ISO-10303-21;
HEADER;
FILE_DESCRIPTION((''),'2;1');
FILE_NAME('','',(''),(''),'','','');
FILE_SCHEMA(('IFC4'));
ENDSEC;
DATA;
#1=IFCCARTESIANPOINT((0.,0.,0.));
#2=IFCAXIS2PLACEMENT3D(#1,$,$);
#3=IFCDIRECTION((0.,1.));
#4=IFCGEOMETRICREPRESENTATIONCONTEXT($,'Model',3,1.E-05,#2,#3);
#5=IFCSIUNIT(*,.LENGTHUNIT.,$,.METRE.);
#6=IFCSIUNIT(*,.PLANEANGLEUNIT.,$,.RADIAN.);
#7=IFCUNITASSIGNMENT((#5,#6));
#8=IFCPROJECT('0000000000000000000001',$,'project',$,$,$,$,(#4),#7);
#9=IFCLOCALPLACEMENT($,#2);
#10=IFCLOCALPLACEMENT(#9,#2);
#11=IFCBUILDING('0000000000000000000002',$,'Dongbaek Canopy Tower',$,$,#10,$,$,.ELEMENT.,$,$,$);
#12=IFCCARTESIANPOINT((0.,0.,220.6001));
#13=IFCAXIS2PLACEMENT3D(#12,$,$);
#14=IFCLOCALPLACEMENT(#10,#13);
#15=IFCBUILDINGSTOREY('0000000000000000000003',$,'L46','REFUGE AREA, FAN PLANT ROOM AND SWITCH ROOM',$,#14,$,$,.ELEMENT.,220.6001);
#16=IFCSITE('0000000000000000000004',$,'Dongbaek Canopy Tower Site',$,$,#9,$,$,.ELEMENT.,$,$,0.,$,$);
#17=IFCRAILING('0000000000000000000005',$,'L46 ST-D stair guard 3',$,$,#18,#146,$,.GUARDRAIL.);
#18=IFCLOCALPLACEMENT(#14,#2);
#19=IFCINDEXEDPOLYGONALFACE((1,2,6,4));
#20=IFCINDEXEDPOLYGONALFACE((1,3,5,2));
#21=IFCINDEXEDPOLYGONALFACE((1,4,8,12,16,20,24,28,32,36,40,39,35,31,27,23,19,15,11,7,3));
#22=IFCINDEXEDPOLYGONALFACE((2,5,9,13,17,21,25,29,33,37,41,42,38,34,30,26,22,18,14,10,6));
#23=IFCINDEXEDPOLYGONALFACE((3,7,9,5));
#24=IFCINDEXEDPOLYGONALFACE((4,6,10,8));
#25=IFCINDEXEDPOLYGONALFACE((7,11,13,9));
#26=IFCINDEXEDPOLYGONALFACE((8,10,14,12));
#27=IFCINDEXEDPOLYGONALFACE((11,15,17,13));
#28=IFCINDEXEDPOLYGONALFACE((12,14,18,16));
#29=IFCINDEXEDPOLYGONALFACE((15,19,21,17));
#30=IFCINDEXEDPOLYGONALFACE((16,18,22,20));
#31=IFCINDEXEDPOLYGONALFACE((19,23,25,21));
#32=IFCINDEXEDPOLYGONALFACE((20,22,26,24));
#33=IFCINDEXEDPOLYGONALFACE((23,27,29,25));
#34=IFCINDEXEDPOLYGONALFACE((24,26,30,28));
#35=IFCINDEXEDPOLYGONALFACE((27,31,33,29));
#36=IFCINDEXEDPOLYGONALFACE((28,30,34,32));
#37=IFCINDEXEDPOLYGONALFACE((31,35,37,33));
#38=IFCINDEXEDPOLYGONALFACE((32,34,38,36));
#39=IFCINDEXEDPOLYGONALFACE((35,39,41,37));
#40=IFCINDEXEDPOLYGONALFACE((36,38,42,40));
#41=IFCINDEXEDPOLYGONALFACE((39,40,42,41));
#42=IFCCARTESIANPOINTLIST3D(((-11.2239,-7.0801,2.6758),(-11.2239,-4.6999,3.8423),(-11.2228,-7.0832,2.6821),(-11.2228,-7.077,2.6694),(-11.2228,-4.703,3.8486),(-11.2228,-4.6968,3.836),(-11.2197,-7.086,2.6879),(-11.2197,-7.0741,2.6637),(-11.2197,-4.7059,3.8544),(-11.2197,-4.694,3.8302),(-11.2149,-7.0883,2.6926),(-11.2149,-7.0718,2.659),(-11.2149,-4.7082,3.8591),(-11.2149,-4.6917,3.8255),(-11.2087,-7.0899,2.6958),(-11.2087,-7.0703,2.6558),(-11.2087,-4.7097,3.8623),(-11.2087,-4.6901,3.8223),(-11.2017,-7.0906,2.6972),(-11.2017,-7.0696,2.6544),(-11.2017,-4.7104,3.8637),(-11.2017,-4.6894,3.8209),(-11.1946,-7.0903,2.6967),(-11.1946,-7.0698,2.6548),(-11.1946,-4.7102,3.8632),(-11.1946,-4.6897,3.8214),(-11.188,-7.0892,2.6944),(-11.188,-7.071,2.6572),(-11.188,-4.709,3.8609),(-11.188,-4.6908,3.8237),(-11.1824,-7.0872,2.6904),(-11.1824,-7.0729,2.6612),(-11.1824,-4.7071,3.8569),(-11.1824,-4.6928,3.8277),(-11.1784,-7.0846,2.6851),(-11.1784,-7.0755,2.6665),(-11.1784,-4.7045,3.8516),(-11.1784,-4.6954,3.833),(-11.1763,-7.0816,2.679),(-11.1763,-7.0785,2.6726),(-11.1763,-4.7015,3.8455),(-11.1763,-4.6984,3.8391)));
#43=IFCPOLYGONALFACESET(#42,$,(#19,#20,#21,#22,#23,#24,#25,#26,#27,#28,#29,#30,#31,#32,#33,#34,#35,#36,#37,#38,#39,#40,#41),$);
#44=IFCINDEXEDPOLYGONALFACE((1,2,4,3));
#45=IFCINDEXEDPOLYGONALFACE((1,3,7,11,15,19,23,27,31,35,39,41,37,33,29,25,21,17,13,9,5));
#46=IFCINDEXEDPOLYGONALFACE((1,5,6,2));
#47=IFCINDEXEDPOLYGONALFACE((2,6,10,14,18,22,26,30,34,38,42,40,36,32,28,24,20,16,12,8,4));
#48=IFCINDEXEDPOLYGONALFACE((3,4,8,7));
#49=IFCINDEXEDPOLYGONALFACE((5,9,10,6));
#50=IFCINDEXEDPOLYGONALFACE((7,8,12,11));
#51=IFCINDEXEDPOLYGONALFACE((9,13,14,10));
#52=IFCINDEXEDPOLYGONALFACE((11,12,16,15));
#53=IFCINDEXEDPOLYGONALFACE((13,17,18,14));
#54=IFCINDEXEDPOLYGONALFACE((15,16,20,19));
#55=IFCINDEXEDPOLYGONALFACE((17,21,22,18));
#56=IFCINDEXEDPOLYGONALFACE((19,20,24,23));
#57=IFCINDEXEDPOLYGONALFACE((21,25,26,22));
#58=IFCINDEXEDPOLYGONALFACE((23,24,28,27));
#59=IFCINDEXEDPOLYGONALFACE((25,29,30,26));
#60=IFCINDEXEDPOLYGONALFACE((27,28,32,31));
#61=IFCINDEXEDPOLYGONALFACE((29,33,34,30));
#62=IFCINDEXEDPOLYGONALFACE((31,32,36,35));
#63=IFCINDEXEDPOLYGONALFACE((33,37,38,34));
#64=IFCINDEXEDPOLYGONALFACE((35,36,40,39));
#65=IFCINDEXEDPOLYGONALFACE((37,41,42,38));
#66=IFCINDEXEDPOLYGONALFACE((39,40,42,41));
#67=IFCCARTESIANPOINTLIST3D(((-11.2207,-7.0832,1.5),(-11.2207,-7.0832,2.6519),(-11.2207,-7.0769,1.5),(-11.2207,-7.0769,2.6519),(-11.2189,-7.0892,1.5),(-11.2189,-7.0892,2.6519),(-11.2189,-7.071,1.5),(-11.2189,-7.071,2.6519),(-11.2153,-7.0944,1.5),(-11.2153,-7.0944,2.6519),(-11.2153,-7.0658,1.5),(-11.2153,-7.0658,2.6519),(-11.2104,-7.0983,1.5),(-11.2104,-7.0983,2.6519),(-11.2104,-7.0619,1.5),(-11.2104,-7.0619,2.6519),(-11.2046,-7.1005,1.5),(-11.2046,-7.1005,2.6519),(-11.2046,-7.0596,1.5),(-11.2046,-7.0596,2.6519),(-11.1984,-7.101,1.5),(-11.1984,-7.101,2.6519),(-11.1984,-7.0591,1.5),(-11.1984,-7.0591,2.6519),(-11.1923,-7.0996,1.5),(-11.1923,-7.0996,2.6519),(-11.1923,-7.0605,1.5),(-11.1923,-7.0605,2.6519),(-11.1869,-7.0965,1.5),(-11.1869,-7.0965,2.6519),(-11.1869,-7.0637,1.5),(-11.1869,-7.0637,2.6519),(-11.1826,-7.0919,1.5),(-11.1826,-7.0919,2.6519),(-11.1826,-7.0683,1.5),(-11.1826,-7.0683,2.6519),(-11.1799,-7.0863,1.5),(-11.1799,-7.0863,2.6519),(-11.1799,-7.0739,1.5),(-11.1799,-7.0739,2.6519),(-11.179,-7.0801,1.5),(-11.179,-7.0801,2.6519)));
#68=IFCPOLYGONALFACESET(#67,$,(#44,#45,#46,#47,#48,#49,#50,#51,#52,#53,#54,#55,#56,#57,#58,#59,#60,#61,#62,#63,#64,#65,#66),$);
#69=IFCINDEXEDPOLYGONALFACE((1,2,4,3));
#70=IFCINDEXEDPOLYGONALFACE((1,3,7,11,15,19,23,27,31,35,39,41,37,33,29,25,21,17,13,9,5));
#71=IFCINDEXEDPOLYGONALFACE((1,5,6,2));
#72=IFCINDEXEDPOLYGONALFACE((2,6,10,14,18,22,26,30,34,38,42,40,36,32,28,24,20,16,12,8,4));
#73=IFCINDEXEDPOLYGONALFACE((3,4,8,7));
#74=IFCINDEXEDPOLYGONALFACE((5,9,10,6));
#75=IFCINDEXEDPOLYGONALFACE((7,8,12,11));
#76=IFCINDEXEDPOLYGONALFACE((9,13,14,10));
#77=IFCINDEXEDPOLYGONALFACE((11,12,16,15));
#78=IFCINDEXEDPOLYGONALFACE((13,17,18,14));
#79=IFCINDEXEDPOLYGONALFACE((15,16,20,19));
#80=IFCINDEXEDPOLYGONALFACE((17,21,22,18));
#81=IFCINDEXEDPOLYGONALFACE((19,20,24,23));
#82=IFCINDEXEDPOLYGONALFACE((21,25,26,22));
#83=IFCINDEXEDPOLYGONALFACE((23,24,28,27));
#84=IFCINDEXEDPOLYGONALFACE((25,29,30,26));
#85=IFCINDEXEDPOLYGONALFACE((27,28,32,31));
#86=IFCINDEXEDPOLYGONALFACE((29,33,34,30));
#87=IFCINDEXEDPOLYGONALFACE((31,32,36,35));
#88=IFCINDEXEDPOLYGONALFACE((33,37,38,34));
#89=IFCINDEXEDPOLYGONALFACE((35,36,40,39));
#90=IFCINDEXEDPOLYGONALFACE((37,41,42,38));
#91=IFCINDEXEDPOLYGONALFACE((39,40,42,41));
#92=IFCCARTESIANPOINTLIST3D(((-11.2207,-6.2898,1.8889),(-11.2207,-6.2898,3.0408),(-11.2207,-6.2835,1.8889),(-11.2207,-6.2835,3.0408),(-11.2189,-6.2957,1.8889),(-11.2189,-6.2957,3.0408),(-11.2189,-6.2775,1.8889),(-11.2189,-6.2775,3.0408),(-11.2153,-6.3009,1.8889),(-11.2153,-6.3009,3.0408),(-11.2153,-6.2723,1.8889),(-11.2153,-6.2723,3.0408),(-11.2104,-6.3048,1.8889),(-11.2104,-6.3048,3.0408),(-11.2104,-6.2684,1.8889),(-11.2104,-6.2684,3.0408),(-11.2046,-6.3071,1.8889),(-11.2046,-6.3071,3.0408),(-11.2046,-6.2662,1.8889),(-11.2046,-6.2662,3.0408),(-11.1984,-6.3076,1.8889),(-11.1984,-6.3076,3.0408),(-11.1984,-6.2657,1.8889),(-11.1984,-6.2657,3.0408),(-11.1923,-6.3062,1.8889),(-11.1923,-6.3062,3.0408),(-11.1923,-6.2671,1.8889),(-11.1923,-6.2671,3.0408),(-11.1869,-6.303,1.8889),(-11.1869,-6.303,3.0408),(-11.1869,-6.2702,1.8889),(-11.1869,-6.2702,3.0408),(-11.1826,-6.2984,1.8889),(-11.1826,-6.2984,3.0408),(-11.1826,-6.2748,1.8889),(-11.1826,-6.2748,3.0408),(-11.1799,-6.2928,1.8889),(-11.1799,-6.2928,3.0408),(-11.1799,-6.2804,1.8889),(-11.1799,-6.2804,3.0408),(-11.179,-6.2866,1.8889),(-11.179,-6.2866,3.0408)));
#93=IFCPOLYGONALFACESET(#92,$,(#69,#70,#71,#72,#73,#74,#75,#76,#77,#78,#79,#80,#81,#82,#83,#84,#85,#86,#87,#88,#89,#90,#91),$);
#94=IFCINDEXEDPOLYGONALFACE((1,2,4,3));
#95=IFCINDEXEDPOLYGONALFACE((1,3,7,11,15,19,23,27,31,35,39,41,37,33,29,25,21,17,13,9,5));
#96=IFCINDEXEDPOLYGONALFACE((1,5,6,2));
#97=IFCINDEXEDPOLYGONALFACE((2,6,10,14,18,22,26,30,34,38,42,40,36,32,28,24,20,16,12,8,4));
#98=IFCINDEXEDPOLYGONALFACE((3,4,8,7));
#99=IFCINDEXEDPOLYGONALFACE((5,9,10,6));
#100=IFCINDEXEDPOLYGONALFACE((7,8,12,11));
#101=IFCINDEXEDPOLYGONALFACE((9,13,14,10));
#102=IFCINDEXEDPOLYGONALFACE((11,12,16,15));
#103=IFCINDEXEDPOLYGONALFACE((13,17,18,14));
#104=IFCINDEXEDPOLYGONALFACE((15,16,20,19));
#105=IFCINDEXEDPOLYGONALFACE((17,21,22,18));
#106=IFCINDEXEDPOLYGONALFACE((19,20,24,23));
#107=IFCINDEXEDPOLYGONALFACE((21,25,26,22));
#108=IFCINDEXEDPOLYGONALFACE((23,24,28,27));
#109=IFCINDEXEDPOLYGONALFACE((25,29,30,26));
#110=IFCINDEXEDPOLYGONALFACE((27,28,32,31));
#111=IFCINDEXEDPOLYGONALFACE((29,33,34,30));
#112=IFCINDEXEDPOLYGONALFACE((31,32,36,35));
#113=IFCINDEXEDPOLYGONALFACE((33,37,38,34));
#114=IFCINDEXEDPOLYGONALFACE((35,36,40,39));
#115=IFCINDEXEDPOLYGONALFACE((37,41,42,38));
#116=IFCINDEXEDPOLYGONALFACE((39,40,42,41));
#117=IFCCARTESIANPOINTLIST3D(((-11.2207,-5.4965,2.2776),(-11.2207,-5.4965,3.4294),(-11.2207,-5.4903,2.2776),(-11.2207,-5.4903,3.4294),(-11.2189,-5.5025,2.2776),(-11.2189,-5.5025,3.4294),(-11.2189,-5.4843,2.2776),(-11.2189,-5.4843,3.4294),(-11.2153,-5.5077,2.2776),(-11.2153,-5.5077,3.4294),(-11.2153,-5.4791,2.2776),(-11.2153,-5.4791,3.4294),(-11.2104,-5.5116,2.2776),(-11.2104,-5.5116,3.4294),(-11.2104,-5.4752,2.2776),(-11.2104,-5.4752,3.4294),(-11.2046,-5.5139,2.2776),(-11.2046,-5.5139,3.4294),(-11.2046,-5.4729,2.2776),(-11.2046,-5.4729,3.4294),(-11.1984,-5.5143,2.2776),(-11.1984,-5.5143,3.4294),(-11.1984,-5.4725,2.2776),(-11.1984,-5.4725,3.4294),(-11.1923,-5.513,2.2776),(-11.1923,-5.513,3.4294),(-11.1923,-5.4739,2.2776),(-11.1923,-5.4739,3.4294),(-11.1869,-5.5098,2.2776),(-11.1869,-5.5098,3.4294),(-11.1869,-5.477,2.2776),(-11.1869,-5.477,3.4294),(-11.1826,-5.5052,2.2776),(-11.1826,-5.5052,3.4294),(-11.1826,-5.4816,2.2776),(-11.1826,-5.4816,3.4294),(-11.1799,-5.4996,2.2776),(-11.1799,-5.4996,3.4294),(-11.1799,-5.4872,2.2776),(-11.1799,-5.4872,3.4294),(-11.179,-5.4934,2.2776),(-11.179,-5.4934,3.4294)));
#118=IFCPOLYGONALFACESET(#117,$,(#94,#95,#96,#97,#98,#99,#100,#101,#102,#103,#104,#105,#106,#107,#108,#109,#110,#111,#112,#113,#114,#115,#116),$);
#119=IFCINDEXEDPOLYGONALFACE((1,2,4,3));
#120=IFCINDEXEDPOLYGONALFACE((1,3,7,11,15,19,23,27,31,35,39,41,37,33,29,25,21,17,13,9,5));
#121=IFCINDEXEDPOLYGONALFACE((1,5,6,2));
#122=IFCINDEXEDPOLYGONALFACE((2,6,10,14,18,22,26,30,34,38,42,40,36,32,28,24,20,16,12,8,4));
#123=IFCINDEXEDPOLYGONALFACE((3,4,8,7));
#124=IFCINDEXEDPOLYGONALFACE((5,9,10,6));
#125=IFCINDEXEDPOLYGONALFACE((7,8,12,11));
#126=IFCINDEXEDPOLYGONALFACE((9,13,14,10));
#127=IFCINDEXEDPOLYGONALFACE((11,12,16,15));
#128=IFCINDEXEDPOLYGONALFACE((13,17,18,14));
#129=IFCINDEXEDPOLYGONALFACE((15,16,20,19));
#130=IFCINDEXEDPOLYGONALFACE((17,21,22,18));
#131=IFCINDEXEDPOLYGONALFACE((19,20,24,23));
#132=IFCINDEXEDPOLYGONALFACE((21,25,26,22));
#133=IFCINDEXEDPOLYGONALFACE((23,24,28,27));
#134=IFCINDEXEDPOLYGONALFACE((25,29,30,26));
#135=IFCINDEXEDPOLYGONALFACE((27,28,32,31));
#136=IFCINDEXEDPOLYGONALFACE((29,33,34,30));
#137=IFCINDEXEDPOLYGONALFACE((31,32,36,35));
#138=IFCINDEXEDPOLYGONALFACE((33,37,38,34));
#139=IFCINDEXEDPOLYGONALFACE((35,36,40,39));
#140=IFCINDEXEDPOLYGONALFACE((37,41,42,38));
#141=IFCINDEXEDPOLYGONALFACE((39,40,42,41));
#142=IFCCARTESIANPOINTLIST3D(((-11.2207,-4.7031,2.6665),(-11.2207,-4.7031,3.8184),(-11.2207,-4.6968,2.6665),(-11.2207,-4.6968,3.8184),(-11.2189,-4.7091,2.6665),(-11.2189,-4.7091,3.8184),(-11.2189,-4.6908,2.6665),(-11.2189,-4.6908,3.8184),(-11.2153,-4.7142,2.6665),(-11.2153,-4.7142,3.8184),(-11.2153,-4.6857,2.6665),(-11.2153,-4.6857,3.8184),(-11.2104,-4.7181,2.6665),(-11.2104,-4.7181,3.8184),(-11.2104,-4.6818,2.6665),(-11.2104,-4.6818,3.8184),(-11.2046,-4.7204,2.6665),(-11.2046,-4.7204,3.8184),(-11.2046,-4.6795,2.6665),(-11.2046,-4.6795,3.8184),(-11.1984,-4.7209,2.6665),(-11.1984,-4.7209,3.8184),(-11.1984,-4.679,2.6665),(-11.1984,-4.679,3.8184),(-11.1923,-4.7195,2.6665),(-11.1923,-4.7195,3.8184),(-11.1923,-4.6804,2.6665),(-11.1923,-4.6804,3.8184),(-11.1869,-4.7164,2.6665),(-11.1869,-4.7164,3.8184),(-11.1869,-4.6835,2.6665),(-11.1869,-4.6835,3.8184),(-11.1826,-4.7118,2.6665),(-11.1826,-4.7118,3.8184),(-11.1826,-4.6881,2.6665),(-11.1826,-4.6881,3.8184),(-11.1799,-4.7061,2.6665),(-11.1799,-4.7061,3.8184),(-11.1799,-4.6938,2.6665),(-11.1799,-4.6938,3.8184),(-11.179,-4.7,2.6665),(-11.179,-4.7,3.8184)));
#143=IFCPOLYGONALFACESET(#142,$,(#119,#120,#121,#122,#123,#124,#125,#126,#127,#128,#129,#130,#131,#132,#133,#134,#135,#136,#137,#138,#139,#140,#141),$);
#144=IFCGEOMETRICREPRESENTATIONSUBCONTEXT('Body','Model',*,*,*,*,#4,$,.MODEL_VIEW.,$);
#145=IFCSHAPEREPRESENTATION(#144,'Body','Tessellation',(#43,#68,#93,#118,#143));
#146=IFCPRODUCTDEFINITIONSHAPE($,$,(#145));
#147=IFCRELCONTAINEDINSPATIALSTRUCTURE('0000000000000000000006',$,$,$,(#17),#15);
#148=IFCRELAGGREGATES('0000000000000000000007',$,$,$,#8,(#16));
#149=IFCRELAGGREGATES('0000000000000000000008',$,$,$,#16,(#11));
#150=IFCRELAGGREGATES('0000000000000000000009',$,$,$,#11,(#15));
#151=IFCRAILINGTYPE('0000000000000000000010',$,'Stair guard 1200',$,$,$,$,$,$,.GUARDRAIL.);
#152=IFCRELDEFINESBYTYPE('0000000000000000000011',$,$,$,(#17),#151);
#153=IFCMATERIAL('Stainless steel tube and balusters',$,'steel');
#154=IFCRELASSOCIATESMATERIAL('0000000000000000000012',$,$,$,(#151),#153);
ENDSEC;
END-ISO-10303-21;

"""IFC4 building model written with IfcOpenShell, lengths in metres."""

from ifc_helpers import new_model, si_unit, direction, frame, origin, origin_2d, place, context, subcontext, project, spatial, circle, extrude, material, type_object, element, save


model = new_model("IFC4")

# Units and contexts
model_context = context("Model", 3, precision=1e-05, world=origin(), true_north=direction((0.0, 1.0)))
body_context = subcontext(model_context, "Body", "Model", "MODEL_VIEW")
ifc_project = project(units=[si_unit("LENGTHUNIT", "METRE"), si_unit("PLANEANGLEUNIT", "RADIAN")], contexts=[model_context])

# Site, building, storey
site_placement = place(None, origin())
site = spatial("IfcSite", under=ifc_project, at=site_placement, Name="Dongbaek Canopy Tower Site", CompositionType="ELEMENT", RefElevation=0.0)
building_placement = place(site_placement, origin())
building = spatial("IfcBuilding", under=site, at=building_placement, Name="Dongbaek Canopy Tower", CompositionType="ELEMENT")
storey_placement = place(building_placement, frame((0.0, 0.0, 220.6001)))
storey = spatial("IfcBuildingStorey", under=building, at=storey_placement, Name="L46", Description="REFUGE AREA, FAN PLANT ROOM AND SWITCH ROOM", CompositionType="ELEMENT", Elevation=220.6001)

# Railing
ifc_material_1 = material(Name="Stainless steel tube and balusters", Category="steel")
railing_type = type_object("IfcRailingType", Name="Stair guard 1200", PredefinedType="GUARDRAIL", material=ifc_material_1)
railing_1_placement = place(storey_placement, frame((-11.2, -7.0801, 1.5)))
element("IfcRailing", 1, at=railing_1_placement, inside=storey, type_object=railing_type, Name="L46 ST-D stair guard 3", PredefinedType="GUARDRAIL", context=body_context, shape_type="SweptSolid", body=[
    extrude(circle(Radius=0.0239, at=origin_2d()), frame((0.0, 0.0, 1.1758), z_axis=(0.0, 0.897954, 0.440089), x_axis=(-1.0, 0.0, 0.0)), (0.0, 0.0, 1.0), 2.6506),
    extrude(circle(Radius=0.021, at=origin_2d()), origin(), (0.0, 0.0, 1.0), 1.1519),
    extrude(circle(Radius=0.021, at=origin_2d()), frame((0.0, 0.7935, 0.3889)), (0.0, 0.0, 1.0), 1.1519),
    extrude(circle(Radius=0.021, at=origin_2d()), frame((0.0, 1.5867, 0.7776)), (0.0, 0.0, 1.0), 1.1519),
    extrude(circle(Radius=0.021, at=origin_2d()), frame((0.0, 2.3801, 1.1665)), (0.0, 0.0, 1.0), 1.1519),
])

save(model, "model.ifc")
